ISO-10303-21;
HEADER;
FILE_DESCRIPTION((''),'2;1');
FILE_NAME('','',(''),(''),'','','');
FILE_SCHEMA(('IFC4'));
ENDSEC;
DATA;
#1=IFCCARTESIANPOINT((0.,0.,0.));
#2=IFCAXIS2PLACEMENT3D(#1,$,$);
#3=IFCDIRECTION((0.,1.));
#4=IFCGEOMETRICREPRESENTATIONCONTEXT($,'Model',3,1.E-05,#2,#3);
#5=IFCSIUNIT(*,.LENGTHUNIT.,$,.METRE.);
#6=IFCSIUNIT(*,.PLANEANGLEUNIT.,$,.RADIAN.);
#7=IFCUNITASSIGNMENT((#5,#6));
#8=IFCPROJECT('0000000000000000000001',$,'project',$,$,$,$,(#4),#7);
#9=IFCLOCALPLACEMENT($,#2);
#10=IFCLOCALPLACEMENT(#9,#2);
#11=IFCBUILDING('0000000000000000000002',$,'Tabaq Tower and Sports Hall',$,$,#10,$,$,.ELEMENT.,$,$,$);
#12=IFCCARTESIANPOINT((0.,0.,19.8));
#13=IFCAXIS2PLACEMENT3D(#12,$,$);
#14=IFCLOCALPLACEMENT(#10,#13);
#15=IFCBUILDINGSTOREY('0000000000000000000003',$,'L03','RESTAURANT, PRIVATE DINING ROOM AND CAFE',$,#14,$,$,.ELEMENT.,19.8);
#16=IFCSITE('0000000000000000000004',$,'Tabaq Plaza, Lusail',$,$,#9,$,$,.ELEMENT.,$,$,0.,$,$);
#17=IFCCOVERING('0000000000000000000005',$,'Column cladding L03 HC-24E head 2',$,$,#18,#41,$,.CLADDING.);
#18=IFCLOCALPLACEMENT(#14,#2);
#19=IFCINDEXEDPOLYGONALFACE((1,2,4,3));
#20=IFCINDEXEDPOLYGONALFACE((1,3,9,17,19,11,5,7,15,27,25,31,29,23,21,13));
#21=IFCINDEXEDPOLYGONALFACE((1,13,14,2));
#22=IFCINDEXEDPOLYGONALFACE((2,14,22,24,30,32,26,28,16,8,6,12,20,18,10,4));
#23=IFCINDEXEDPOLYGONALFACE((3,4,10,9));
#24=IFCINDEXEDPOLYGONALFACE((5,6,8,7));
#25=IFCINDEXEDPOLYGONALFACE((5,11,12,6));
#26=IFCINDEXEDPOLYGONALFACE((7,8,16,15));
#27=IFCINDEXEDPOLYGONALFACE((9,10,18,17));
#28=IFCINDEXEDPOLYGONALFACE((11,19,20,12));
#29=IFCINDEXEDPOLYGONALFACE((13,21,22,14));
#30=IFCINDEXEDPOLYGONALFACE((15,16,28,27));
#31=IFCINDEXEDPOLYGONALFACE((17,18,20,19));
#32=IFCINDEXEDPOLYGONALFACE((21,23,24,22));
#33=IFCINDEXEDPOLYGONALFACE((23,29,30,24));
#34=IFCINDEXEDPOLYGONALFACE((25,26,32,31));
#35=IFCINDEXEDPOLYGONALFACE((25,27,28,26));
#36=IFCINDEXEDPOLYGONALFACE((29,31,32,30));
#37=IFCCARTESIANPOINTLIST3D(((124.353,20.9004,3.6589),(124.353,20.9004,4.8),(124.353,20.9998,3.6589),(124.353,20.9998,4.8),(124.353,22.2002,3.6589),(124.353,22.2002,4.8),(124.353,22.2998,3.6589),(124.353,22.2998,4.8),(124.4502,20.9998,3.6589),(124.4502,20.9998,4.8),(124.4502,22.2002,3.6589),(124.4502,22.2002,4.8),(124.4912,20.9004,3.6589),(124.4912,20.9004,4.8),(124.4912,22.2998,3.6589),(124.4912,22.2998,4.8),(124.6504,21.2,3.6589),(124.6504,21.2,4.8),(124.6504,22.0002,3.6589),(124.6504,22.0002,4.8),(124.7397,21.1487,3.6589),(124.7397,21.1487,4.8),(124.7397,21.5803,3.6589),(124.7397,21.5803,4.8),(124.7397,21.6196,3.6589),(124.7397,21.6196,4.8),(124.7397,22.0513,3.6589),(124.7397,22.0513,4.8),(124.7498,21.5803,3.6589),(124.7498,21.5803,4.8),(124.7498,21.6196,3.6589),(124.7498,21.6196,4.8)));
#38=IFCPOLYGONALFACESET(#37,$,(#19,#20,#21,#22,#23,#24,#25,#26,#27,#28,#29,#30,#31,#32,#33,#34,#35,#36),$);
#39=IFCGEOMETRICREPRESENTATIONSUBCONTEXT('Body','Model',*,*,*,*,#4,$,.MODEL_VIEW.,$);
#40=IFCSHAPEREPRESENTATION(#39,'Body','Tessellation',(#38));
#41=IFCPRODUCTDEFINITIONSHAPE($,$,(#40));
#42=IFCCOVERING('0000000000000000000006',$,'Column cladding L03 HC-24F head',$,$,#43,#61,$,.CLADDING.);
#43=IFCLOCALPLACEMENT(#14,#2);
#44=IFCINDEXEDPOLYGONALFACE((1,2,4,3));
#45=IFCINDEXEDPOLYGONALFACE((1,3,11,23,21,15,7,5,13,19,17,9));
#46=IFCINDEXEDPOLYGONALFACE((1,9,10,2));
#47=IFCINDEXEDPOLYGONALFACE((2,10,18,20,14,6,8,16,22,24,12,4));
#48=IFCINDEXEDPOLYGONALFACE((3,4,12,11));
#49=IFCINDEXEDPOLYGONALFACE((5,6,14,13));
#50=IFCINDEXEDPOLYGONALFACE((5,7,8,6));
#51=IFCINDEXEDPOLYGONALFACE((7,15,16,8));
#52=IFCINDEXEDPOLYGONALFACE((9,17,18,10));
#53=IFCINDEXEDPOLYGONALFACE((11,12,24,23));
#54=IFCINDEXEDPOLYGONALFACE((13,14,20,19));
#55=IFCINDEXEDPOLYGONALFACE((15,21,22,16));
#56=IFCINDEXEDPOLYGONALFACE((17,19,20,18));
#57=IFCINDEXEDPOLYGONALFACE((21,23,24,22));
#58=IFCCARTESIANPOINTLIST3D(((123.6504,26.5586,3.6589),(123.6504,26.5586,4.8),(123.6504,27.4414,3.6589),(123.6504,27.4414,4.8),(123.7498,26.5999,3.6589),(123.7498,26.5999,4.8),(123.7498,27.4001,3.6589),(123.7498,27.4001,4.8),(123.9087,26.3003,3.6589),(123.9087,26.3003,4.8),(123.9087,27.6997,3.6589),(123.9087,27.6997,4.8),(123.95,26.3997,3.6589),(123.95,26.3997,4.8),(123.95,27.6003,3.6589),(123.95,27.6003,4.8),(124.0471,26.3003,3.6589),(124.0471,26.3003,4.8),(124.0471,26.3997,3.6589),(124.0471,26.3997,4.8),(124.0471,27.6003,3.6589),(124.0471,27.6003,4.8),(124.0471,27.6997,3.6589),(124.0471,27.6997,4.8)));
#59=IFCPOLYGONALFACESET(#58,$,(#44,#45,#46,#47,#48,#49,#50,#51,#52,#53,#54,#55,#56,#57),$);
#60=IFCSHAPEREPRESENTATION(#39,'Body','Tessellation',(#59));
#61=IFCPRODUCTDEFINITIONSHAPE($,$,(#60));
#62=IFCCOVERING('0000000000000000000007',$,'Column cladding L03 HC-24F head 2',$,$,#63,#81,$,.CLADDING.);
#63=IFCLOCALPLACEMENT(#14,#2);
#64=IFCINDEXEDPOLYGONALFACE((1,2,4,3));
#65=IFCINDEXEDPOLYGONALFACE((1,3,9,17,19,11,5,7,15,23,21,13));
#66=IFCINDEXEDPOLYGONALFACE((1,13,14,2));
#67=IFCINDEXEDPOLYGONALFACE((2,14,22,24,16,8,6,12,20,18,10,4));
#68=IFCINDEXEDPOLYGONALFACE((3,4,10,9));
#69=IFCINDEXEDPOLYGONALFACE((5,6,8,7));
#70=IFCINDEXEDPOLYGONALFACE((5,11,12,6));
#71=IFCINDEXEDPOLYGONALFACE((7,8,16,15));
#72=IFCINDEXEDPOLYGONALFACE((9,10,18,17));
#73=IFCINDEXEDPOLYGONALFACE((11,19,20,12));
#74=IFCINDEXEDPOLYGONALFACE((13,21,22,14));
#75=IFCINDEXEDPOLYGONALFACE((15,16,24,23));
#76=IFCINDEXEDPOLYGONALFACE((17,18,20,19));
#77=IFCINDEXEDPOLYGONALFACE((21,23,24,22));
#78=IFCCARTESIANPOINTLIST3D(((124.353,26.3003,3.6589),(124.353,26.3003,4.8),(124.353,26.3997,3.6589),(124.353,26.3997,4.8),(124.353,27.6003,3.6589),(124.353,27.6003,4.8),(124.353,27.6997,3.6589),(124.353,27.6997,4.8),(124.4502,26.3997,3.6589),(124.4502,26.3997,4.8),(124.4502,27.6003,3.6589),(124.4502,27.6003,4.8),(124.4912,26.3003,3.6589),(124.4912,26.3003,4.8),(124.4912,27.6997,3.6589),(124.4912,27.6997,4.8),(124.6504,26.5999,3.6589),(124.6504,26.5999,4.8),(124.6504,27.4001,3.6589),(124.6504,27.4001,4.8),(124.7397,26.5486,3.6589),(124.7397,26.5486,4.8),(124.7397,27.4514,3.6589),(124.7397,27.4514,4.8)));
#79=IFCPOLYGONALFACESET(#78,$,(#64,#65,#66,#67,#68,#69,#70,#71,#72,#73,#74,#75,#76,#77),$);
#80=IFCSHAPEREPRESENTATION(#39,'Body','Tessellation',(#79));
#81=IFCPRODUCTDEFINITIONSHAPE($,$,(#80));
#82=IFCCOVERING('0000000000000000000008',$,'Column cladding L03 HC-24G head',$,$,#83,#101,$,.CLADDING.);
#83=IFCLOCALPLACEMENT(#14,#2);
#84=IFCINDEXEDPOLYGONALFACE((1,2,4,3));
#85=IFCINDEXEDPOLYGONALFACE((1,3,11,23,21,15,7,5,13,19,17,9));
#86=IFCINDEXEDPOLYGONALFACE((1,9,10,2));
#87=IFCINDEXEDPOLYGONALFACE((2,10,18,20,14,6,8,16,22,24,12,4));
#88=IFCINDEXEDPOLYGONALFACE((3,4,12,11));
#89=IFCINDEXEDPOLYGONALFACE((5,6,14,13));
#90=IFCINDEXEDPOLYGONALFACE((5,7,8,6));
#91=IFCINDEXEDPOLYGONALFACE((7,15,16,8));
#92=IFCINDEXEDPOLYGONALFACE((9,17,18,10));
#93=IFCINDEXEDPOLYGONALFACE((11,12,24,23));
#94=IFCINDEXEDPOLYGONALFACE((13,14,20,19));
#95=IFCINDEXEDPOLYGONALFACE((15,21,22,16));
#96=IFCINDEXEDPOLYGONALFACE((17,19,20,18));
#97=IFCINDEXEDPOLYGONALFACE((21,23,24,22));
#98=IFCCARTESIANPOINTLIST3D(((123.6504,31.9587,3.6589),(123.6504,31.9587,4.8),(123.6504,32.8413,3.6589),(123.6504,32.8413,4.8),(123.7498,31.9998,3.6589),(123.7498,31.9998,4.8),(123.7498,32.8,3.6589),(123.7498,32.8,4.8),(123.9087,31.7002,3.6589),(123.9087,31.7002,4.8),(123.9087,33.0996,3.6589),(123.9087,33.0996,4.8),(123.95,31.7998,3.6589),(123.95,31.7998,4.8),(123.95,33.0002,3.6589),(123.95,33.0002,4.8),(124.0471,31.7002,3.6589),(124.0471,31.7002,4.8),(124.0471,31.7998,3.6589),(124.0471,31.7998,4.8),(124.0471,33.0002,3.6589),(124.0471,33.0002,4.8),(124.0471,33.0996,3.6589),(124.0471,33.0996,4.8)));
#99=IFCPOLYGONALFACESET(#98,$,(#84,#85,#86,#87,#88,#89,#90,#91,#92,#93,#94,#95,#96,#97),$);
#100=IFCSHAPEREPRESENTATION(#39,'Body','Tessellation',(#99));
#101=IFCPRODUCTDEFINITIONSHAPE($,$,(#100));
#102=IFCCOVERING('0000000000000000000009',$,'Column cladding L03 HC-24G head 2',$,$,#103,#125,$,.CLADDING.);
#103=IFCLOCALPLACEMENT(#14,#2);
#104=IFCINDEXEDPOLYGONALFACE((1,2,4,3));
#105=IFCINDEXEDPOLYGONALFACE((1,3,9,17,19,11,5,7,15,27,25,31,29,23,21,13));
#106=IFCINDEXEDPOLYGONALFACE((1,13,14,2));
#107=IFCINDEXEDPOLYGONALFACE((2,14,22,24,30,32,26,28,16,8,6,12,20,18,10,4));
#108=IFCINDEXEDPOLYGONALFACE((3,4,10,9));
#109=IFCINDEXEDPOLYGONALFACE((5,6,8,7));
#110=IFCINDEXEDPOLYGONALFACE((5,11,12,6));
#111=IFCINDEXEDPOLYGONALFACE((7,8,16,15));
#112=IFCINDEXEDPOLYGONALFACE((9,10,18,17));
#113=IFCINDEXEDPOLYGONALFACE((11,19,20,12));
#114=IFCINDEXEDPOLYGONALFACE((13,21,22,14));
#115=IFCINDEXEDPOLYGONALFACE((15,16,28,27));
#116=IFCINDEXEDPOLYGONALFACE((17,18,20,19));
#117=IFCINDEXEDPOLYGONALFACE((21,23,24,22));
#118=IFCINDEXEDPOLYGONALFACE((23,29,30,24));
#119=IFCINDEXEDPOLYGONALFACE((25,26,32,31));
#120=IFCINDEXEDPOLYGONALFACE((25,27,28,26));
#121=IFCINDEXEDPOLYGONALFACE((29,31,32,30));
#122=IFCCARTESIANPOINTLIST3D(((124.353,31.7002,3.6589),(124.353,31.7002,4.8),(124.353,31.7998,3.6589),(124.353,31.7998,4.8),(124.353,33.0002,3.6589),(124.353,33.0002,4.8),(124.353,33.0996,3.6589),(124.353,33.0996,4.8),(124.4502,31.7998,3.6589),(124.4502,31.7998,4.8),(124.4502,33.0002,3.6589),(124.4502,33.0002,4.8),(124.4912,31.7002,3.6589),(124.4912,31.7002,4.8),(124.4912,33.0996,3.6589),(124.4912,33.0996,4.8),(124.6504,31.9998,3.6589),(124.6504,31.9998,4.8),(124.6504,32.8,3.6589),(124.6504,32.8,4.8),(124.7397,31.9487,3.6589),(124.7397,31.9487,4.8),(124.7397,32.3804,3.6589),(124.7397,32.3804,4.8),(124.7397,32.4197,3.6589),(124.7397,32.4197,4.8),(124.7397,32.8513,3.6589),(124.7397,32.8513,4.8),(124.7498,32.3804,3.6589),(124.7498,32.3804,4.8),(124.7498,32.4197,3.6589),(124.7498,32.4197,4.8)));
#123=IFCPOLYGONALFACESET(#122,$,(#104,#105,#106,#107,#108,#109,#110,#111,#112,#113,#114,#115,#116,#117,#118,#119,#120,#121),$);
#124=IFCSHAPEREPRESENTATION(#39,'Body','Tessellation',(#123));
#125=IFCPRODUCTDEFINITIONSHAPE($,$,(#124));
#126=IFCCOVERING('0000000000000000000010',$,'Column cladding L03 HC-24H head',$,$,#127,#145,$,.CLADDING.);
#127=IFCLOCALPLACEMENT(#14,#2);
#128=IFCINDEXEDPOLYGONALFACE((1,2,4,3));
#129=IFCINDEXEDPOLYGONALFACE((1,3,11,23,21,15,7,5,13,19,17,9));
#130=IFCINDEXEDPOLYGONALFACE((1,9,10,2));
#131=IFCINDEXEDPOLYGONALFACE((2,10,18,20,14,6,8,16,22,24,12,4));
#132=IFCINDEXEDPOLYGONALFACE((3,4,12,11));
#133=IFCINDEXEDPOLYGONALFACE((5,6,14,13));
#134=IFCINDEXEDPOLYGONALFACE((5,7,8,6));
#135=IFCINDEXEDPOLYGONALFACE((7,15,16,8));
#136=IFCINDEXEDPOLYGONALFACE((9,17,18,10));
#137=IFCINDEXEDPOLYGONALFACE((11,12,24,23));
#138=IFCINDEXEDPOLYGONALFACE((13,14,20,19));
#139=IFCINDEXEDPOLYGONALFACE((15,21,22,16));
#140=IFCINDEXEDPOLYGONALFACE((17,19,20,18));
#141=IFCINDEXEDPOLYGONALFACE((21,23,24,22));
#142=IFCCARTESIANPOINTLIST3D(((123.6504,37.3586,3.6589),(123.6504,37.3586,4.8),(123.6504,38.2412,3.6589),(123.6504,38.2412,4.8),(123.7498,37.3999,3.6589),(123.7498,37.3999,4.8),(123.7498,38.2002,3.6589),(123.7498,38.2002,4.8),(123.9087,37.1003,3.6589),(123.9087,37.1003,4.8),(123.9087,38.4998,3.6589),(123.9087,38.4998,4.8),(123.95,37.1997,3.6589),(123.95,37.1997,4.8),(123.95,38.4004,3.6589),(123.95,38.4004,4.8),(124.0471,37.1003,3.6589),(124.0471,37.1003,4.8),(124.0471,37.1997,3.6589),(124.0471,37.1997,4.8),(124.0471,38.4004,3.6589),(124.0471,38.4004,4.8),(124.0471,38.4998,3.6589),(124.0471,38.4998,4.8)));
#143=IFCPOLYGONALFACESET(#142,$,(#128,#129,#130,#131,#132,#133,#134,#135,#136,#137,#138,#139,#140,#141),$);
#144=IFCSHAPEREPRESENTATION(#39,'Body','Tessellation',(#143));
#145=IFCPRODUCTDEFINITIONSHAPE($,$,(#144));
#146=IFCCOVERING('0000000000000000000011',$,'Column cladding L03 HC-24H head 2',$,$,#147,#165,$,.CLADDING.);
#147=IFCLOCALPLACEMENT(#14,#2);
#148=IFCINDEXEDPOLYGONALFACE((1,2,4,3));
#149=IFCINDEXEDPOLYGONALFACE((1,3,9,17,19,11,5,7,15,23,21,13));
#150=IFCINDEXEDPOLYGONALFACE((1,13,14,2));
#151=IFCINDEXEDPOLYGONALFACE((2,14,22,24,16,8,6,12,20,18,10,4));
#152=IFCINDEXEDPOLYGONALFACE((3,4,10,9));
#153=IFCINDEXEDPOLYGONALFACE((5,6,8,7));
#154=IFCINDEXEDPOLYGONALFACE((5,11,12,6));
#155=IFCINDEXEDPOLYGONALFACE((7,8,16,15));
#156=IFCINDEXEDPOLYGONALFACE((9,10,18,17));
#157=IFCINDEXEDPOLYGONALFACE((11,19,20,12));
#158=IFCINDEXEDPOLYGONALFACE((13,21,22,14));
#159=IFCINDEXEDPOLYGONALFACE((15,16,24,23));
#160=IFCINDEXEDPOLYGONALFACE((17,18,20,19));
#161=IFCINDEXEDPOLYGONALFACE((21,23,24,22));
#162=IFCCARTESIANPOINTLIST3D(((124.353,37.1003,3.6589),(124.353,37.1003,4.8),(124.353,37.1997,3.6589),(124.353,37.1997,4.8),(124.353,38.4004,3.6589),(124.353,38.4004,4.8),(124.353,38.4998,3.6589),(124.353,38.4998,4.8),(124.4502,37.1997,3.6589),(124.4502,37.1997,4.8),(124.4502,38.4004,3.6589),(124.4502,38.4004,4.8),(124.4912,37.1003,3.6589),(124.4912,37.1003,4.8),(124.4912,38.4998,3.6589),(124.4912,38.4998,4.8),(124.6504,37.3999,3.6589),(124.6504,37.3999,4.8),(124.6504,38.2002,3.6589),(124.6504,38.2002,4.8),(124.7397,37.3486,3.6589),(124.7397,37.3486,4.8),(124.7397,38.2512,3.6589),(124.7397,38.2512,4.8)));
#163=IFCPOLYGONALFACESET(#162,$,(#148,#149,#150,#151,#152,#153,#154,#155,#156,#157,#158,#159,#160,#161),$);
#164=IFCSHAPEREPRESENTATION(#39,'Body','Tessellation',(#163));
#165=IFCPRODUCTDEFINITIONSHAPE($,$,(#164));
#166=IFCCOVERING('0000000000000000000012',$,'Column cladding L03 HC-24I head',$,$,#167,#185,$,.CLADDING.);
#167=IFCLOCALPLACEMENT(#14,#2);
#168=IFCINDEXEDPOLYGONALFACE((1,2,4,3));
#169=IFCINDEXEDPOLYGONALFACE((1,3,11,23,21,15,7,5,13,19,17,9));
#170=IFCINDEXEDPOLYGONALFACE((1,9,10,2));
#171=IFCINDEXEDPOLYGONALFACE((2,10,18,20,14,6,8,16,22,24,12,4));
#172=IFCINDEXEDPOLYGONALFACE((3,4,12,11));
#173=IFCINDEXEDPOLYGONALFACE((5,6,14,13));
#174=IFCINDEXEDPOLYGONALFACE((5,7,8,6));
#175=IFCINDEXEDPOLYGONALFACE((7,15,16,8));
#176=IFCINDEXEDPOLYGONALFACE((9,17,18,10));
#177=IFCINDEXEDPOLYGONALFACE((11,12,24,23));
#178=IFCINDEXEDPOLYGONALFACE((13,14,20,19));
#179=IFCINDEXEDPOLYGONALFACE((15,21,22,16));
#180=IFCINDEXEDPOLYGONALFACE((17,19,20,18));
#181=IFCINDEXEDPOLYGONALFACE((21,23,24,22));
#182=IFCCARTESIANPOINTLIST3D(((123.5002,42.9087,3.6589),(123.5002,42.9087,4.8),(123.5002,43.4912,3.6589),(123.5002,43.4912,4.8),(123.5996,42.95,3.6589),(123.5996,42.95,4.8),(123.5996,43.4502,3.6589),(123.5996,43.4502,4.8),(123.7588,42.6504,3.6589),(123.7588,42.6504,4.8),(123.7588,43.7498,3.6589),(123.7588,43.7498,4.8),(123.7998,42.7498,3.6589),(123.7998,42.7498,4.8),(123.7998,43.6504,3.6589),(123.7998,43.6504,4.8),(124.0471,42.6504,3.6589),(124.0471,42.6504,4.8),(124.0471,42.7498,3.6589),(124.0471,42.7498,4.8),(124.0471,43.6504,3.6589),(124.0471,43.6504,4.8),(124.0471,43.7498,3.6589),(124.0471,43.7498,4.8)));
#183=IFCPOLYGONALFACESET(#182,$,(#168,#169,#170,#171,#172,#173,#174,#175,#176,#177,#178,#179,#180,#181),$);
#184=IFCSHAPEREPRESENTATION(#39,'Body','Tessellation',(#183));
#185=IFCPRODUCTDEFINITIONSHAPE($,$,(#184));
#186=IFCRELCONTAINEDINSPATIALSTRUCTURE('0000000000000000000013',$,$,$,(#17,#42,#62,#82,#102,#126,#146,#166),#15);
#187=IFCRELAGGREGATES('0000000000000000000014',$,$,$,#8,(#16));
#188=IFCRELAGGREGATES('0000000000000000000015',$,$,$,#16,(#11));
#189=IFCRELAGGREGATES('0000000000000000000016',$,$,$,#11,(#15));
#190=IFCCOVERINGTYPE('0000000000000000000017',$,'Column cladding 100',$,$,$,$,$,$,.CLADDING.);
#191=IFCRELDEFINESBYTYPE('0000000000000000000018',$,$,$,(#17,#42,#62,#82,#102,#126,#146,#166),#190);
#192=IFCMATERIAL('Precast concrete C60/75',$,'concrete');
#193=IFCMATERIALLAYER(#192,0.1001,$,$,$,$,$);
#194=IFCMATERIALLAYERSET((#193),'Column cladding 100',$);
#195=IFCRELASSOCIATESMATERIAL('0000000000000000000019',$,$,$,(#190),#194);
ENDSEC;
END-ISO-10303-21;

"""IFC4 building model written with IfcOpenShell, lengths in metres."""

from ifc_helpers import new_model, si_unit, direction, frame, origin, place, context, subcontext, project, spatial, polyline, outline, extrude, material, layer, layer_set, type_object, element, save


model = new_model("IFC4")

# Units and contexts
model_context = context("Model", 3, precision=1e-05, world=origin(), true_north=direction((0.0, 1.0)))
body_context = subcontext(model_context, "Body", "Model", "MODEL_VIEW")
ifc_project = project(units=[si_unit("LENGTHUNIT", "METRE"), si_unit("PLANEANGLEUNIT", "RADIAN")], contexts=[model_context])

# Site, building, storey
site_placement = place(None, origin())
site = spatial("IfcSite", under=ifc_project, at=site_placement, Name="Tabaq Plaza, Lusail", CompositionType="ELEMENT", RefElevation=0.0)
building_placement = place(site_placement, origin())
building = spatial("IfcBuilding", under=site, at=building_placement, Name="Tabaq Tower and Sports Hall", CompositionType="ELEMENT")
storey_placement = place(building_placement, frame((0.0, 0.0, 19.8)))
storey = spatial("IfcBuildingStorey", under=building, at=storey_placement, Name="L03", Description="RESTAURANT, PRIVATE DINING ROOM AND CAFE", CompositionType="ELEMENT", Elevation=19.8)

# Coverings
ifc_material = material(Name="Precast concrete C60/75", Category="concrete")
ifc_layer = layer(ifc_material, 0.1001)
ifc_layer_set = layer_set([ifc_layer], Name="Column cladding 100")
covering_type = type_object("IfcCoveringType", Name="Column cladding 100", PredefinedType="CLADDING", material=ifc_layer_set)
covering_1_placement = place(storey_placement, frame((0.0, 0.0, 3.6589)))
element("IfcCovering", 1, at=covering_1_placement, inside=storey, type_object=covering_type, Name="Column cladding L03 HC-24E head 2", PredefinedType="CLADDING", context=body_context, shape_type="SweptSolid", body=[
    extrude(outline(polyline([(124.4912, 22.2998), (124.7397, 22.0513), (124.7397, 21.6196), (124.7498, 21.6196), (124.7498, 21.5803), (124.7397, 21.5803), (124.7397, 21.1487), (124.4912, 20.9004), (124.353, 20.9004), (124.353, 20.9998), (124.4502, 20.9998), (124.6504, 21.2), (124.6504, 22.0002), (124.4502, 22.2002), (124.353, 22.2002), (124.353, 22.2998), (124.4912, 22.2998)])), origin(), (0.0, 0.0, 1.0), 1.1411),
])
covering_2_placement = place(storey_placement, frame((0.0, 0.0, 3.6589)))
element("IfcCovering", 2, at=covering_2_placement, inside=storey, type_object=covering_type, Name="Column cladding L03 HC-24F head", PredefinedType="CLADDING", context=body_context, shape_type="SweptSolid", body=[
    extrude(outline(polyline([(123.6504, 26.5586), (123.6504, 27.4414), (123.9087, 27.6997), (124.0471, 27.6997), (124.0471, 27.6003), (123.95, 27.6003), (123.7498, 27.4001), (123.7498, 26.5999), (123.95, 26.3997), (124.0471, 26.3997), (124.0471, 26.3003), (123.9087, 26.3003), (123.6504, 26.5586)])), origin(), (0.0, 0.0, 1.0), 1.1411),
])
covering_3_placement = place(storey_placement, frame((0.0, 0.0, 3.6589)))
element("IfcCovering", 3, at=covering_3_placement, inside=storey, type_object=covering_type, Name="Column cladding L03 HC-24F head 2", PredefinedType="CLADDING", context=body_context, shape_type="SweptSolid", body=[
    extrude(outline(polyline([(124.4912, 27.6997), (124.7397, 27.4514), (124.7397, 26.5486), (124.4912, 26.3003), (124.353, 26.3003), (124.353, 26.3997), (124.4502, 26.3997), (124.6504, 26.5999), (124.6504, 27.4001), (124.4502, 27.6003), (124.353, 27.6003), (124.353, 27.6997), (124.4912, 27.6997)])), origin(), (0.0, 0.0, 1.0), 1.1411),
])
covering_4_placement = place(storey_placement, frame((0.0, 0.0, 3.6589)))
element("IfcCovering", 4, at=covering_4_placement, inside=storey, type_object=covering_type, Name="Column cladding L03 HC-24G head", PredefinedType="CLADDING", context=body_context, shape_type="SweptSolid", body=[
    extrude(outline(polyline([(123.6504, 31.9587), (123.6504, 32.8413), (123.9087, 33.0996), (124.0471, 33.0996), (124.0471, 33.0002), (123.95, 33.0002), (123.7498, 32.8), (123.7498, 31.9998), (123.95, 31.7998), (124.0471, 31.7998), (124.0471, 31.7002), (123.9087, 31.7002), (123.6504, 31.9587)])), origin(), (0.0, 0.0, 1.0), 1.1411),
])
covering_5_placement = place(storey_placement, frame((0.0, 0.0, 3.6589)))
element("IfcCovering", 5, at=covering_5_placement, inside=storey, type_object=covering_type, Name="Column cladding L03 HC-24G head 2", PredefinedType="CLADDING", context=body_context, shape_type="SweptSolid", body=[
    extrude(outline(polyline([(124.4912, 33.0996), (124.7397, 32.8513), (124.7397, 32.4197), (124.7498, 32.4197), (124.7498, 32.3804), (124.7397, 32.3804), (124.7397, 31.9487), (124.4912, 31.7002), (124.353, 31.7002), (124.353, 31.7998), (124.4502, 31.7998), (124.6504, 31.9998), (124.6504, 32.8), (124.4502, 33.0002), (124.353, 33.0002), (124.353, 33.0996), (124.4912, 33.0996)])), origin(), (0.0, 0.0, 1.0), 1.1411),
])
covering_6_placement = place(storey_placement, frame((0.0, 0.0, 3.6589)))
element("IfcCovering", 6, at=covering_6_placement, inside=storey, type_object=covering_type, Name="Column cladding L03 HC-24H head", PredefinedType="CLADDING", context=body_context, shape_type="SweptSolid", body=[
    extrude(outline(polyline([(123.6504, 37.3586), (123.6504, 38.2412), (123.9087, 38.4998), (124.0471, 38.4998), (124.0471, 38.4004), (123.95, 38.4004), (123.7498, 38.2002), (123.7498, 37.3999), (123.95, 37.1997), (124.0471, 37.1997), (124.0471, 37.1003), (123.9087, 37.1003), (123.6504, 37.3586)])), origin(), (0.0, 0.0, 1.0), 1.1411),
])
covering_7_placement = place(storey_placement, frame((0.0, 0.0, 3.6589)))
element("IfcCovering", 7, at=covering_7_placement, inside=storey, type_object=covering_type, Name="Column cladding L03 HC-24H head 2", PredefinedType="CLADDING", context=body_context, shape_type="SweptSolid", body=[
    extrude(outline(polyline([(124.4912, 38.4998), (124.7397, 38.2512), (124.7397, 37.3486), (124.4912, 37.1003), (124.353, 37.1003), (124.353, 37.1997), (124.4502, 37.1997), (124.6504, 37.3999), (124.6504, 38.2002), (124.4502, 38.4004), (124.353, 38.4004), (124.353, 38.4998), (124.4912, 38.4998)])), origin(), (0.0, 0.0, 1.0), 1.1411),
])
covering_8_placement = place(storey_placement, frame((0.0, 0.0, 3.6589)))
element("IfcCovering", 8, at=covering_8_placement, inside=storey, type_object=covering_type, Name="Column cladding L03 HC-24I head", PredefinedType="CLADDING", context=body_context, shape_type="SweptSolid", body=[
    extrude(outline(polyline([(123.7588, 43.7498), (124.0471, 43.7498), (124.0471, 43.6504), (123.7998, 43.6504), (123.5996, 43.4502), (123.5996, 42.95), (123.7998, 42.7498), (124.0471, 42.7498), (124.0471, 42.6504), (123.7588, 42.6504), (123.5002, 42.9087), (123.5002, 43.4912), (123.7588, 43.7498)])), origin(), (0.0, 0.0, 1.0), 1.1411),
])

save(model, "model.ifc")
